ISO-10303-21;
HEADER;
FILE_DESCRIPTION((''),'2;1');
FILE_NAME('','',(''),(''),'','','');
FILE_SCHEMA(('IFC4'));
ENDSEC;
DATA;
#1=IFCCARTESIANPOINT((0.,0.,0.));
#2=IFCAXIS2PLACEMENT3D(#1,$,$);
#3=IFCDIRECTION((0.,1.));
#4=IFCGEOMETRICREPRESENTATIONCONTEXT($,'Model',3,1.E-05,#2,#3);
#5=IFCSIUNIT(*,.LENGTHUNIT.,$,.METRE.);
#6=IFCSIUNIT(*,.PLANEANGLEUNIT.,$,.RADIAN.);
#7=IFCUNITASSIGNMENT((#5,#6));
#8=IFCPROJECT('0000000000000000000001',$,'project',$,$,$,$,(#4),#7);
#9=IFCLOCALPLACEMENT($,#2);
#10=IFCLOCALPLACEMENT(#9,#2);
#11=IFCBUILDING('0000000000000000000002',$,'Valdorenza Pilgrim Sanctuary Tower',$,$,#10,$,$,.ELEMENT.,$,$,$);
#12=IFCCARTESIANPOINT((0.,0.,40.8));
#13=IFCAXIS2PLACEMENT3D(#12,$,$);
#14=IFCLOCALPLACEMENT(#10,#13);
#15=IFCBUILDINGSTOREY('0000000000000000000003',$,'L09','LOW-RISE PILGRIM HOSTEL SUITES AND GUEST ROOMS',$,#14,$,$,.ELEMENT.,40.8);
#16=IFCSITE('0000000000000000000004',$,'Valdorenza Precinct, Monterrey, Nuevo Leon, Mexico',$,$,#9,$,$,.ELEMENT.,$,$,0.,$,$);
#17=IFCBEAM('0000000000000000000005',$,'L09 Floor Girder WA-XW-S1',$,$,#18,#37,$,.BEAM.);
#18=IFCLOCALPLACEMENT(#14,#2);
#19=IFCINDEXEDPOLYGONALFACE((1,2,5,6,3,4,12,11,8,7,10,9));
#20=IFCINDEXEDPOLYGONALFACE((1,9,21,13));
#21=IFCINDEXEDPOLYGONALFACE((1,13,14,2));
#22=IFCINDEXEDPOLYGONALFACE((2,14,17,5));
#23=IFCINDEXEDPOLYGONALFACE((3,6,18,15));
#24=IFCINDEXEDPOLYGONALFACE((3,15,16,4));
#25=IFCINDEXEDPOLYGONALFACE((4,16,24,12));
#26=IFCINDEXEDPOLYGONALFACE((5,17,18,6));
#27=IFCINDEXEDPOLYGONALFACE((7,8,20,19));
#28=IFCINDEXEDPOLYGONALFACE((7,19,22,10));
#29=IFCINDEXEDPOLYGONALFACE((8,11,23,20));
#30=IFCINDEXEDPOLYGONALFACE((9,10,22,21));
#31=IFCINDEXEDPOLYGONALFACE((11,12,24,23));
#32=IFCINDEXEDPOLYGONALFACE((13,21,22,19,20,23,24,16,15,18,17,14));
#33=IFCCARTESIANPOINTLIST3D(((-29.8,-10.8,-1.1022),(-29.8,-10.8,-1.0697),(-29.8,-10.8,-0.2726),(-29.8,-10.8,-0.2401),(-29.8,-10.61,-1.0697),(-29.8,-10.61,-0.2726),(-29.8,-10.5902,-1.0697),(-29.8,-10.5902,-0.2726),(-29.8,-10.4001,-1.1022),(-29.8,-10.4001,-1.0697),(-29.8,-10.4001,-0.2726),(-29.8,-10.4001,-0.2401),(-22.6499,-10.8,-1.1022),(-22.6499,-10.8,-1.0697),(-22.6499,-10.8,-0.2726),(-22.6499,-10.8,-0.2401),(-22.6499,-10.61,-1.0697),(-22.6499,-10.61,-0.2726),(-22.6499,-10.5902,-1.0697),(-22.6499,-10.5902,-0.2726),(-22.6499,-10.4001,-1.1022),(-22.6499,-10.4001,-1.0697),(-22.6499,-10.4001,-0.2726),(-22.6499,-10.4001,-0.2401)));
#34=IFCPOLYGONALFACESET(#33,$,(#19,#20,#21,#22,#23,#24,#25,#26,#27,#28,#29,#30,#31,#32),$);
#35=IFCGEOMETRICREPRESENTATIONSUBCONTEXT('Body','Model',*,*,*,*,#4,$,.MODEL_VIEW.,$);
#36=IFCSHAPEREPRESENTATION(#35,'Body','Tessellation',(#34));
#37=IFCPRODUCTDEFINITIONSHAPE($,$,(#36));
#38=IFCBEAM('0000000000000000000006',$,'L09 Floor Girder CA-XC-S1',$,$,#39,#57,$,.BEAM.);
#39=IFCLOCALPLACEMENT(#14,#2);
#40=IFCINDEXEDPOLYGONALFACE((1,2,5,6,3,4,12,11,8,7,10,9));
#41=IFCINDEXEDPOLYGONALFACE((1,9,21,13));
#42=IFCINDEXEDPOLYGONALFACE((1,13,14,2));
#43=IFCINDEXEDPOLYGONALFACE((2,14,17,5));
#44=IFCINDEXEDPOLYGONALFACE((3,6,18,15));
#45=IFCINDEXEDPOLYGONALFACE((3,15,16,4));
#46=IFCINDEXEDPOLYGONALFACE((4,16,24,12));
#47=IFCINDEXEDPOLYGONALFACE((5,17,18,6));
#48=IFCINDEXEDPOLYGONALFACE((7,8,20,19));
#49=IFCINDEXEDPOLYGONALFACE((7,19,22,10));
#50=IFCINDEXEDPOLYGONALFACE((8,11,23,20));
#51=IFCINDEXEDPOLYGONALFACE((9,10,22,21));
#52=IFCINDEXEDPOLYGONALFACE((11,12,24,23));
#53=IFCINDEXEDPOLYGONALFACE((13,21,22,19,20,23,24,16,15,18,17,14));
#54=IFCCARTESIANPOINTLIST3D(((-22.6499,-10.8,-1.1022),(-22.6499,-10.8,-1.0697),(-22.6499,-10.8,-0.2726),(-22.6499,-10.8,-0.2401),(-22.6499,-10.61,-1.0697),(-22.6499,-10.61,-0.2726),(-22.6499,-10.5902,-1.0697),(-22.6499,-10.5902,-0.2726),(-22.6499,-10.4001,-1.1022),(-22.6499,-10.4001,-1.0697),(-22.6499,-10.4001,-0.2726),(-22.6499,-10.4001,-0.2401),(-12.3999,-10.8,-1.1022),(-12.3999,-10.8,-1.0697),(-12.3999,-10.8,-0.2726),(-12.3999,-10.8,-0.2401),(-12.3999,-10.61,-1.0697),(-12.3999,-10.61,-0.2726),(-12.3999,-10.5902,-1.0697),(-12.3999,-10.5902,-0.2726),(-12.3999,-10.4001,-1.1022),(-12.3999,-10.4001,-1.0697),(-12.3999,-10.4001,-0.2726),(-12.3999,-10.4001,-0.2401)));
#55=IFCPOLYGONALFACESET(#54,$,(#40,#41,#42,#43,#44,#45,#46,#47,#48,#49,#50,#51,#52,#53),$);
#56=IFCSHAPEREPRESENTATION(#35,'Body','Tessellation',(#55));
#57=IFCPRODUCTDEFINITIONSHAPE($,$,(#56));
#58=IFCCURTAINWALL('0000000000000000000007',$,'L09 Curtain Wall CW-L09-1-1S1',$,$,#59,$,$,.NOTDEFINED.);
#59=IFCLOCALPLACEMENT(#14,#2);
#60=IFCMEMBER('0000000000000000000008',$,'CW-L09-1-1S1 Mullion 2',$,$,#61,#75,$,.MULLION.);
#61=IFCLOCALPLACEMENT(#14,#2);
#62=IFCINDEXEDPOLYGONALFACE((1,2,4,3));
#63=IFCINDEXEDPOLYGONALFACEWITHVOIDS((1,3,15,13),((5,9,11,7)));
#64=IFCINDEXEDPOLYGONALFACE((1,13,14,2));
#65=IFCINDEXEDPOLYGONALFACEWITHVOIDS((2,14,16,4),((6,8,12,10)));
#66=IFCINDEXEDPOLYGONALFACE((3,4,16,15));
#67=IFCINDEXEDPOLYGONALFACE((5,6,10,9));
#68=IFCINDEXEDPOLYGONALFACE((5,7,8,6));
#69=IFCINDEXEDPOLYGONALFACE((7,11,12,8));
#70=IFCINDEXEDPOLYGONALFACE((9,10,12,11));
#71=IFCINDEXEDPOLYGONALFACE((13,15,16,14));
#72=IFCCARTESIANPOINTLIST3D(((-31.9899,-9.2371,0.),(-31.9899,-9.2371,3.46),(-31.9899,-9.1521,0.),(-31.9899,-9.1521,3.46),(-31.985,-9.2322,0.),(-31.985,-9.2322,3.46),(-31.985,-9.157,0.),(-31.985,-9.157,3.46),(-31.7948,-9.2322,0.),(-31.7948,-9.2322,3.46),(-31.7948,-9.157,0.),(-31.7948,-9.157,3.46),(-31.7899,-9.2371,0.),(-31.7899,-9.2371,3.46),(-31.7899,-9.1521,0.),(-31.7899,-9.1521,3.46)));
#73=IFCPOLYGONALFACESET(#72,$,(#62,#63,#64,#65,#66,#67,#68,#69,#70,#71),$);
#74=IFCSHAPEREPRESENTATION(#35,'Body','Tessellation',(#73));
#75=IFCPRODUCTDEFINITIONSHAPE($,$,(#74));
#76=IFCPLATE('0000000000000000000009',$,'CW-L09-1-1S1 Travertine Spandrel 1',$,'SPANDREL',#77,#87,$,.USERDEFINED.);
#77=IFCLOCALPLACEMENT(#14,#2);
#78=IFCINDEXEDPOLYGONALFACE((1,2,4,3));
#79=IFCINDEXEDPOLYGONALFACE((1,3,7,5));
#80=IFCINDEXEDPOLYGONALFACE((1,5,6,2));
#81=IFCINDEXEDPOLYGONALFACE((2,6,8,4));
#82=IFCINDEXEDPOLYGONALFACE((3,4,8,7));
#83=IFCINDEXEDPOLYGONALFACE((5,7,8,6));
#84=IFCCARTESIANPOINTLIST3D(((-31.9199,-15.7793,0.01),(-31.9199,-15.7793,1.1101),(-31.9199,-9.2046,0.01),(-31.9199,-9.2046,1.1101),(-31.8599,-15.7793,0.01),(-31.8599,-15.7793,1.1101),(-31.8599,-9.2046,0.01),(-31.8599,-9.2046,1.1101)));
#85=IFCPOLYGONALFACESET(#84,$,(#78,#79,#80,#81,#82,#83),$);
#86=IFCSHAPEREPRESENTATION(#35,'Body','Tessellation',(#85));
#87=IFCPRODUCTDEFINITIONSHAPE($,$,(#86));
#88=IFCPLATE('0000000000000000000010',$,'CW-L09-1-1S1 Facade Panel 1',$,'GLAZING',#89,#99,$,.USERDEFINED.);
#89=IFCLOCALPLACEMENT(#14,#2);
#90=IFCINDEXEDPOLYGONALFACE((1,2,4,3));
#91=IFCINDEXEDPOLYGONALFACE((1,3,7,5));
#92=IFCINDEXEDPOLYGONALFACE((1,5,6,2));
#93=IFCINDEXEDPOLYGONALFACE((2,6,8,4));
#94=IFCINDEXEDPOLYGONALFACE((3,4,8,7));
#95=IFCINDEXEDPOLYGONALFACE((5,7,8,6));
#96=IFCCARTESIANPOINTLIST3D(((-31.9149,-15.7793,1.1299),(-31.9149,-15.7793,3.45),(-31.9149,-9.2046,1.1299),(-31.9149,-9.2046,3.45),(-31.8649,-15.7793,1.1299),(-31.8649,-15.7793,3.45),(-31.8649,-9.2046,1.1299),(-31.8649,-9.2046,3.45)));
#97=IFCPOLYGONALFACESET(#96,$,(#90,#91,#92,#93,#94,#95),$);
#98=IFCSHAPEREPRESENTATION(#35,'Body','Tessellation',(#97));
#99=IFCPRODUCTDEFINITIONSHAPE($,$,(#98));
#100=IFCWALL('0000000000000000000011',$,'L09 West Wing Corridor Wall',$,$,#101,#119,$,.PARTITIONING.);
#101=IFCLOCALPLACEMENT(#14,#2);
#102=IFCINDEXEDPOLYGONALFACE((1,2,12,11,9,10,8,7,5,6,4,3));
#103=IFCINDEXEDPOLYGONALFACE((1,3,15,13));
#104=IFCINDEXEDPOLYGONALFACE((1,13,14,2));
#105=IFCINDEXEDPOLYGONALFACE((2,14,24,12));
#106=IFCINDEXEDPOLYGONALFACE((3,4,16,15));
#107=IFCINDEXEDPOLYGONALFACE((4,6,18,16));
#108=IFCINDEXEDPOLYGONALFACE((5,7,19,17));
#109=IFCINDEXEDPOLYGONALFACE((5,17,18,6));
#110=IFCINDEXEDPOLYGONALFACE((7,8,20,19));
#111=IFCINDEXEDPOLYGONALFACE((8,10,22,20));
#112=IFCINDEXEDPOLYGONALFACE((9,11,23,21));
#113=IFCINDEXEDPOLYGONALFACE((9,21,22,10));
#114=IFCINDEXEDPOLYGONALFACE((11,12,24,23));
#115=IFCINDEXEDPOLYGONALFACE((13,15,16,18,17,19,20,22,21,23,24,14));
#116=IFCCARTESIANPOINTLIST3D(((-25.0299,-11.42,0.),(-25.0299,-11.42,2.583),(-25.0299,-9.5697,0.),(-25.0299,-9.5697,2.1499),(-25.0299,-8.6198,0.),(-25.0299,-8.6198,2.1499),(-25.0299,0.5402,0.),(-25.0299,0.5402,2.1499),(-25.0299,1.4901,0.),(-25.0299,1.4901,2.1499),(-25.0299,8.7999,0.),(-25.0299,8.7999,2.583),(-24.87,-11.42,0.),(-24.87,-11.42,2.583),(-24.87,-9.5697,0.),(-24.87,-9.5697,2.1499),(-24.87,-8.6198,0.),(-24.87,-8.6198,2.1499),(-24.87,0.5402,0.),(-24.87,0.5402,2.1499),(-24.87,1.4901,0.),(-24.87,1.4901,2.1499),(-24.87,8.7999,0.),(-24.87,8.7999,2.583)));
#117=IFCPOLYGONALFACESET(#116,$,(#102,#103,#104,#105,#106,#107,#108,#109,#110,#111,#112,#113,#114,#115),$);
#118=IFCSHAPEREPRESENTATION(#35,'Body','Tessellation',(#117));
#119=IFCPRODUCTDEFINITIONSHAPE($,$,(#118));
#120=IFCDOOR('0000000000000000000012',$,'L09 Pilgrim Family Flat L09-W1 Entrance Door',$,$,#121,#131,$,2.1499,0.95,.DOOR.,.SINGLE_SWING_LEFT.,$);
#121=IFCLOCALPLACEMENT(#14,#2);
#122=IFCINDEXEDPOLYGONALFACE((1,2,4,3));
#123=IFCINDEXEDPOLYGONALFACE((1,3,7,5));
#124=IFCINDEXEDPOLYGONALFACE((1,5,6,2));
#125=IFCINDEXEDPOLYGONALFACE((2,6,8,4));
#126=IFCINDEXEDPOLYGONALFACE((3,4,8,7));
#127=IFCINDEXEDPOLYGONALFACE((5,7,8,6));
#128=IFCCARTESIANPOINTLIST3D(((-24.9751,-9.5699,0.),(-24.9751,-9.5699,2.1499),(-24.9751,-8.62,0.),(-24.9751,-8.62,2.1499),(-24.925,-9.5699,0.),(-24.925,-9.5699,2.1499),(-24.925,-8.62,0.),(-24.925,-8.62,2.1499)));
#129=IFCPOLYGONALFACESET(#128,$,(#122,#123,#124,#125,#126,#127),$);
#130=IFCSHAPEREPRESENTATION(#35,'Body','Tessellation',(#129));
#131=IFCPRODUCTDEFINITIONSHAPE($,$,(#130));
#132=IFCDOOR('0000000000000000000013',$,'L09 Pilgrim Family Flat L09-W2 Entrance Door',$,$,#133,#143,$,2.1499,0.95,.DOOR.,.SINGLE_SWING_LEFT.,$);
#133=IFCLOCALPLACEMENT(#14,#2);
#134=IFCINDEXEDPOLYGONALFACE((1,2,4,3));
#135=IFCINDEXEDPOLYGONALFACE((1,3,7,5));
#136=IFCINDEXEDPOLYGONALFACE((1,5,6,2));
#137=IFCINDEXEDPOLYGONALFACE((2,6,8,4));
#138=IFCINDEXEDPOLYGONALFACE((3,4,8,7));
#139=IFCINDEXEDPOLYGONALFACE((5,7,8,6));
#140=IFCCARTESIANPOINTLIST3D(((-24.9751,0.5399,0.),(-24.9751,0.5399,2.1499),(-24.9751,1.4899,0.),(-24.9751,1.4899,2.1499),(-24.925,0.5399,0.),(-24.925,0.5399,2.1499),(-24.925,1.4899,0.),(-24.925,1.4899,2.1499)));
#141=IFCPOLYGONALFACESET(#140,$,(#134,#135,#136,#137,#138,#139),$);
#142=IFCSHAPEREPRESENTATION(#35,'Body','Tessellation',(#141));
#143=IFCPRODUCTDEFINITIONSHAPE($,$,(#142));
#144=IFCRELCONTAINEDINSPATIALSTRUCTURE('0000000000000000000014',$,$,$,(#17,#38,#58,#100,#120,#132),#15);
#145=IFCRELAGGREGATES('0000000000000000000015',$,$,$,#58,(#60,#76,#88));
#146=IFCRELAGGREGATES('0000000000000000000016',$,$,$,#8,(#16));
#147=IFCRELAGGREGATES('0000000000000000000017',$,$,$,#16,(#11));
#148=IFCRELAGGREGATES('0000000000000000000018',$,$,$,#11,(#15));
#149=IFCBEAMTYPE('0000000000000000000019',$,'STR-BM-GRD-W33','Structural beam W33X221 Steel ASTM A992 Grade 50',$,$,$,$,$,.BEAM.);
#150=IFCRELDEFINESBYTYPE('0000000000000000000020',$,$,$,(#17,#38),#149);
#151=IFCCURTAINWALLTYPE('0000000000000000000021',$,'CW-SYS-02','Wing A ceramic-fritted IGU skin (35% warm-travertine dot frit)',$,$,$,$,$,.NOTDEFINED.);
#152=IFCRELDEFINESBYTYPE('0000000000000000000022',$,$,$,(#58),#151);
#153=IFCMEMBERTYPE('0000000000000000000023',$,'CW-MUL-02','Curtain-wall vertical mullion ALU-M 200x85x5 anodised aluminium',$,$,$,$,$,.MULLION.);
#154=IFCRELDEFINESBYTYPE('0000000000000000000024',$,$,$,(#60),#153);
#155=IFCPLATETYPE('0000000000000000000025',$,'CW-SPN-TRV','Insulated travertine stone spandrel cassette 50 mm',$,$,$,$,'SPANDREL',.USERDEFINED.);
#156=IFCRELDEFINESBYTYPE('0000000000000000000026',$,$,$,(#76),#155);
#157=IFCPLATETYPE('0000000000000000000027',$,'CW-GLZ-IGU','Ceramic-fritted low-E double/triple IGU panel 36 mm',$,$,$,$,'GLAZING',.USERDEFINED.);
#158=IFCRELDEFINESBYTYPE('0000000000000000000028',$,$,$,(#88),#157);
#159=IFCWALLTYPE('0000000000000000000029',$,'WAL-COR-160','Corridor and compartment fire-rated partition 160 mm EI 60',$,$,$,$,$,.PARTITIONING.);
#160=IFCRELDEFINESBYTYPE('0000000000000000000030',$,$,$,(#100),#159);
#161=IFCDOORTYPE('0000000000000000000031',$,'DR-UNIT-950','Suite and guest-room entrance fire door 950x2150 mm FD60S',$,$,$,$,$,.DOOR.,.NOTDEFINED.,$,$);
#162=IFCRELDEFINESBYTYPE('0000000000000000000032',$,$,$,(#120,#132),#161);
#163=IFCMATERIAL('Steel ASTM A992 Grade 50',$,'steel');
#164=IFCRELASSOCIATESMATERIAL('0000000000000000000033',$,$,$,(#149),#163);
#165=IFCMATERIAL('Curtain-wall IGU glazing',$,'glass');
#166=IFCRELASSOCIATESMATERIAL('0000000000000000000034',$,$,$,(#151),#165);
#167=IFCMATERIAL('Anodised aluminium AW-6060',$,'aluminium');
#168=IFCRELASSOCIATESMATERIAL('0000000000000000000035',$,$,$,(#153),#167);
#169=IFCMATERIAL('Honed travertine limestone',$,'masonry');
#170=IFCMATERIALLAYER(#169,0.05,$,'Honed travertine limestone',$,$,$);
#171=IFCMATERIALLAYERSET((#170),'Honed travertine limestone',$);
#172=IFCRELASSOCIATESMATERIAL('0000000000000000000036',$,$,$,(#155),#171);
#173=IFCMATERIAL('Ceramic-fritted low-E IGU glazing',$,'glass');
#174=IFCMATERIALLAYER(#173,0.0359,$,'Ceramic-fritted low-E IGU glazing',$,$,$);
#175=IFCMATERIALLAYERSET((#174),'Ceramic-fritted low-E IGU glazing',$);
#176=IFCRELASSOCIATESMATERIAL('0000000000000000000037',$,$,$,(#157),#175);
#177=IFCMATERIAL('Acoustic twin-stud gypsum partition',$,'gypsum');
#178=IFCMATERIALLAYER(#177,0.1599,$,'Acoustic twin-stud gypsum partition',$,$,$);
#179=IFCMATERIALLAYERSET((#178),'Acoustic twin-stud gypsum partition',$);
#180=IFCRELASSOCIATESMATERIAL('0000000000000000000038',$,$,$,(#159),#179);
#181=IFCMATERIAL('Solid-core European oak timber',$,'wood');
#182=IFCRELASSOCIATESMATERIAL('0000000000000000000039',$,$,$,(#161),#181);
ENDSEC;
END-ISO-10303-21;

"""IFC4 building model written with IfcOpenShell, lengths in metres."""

from ifc_helpers import new_model, si_unit, direction, frame, frame_2d, origin, origin_2d, place, context, subcontext, project, spatial, rectangle, hollow_rectangle, i_section, extrude, source, transform, mapped, material, layer, layer_set, material_profile, profile_set, type_object, element, fill, aggregate, save


model = new_model("IFC4")

# Units and contexts
model_context = context("Model", 3, precision=1e-05, world=origin(), true_north=direction((0.0, 1.0)))
body_context = subcontext(model_context, "Body", "Model", "MODEL_VIEW")
ifc_project = project(units=[si_unit("LENGTHUNIT", "METRE"), si_unit("PLANEANGLEUNIT", "RADIAN")], contexts=[model_context])

# Site, building, storey
site_placement = place(None, origin())
site = spatial("IfcSite", under=ifc_project, at=site_placement, Name="Valdorenza Precinct, Monterrey, Nuevo Leon, Mexico", CompositionType="ELEMENT", RefElevation=0.0)
building_placement = place(site_placement, origin())
building = spatial("IfcBuilding", under=site, at=building_placement, Name="Valdorenza Pilgrim Sanctuary Tower", CompositionType="ELEMENT")
storey_placement = place(building_placement, frame((0.0, 0.0, 40.8)))
storey = spatial("IfcBuildingStorey", under=building, at=storey_placement, Name="L09", Description="LOW-RISE PILGRIM HOSTEL SUITES AND GUEST ROOMS", CompositionType="ELEMENT", Elevation=40.8)

# Beams
ifc_material_1 = material(Name="Steel ASTM A992 Grade 50", Category="steel")
ifc_material_profile_1 = material_profile(ifc_material_1, i_section(OverallWidth=0.3999, OverallDepth=0.8621, WebThickness=0.0198, FlangeThickness=0.0325, at=origin_2d()), Name="W33X221")
ifc_profile_set_1 = profile_set([ifc_material_profile_1], Name="Steel ASTM A992 Grade 50")
beam_type_1 = type_object("IfcBeamType", Name="STR-BM-GRD-W33", Description="Structural beam W33X221 Steel ASTM A992 Grade 50", PredefinedType="BEAM", material=ifc_profile_set_1)
shared_shape_1 = source(origin(), body_context, "Body", "SweptSolid", [
    extrude(i_section(OverallWidth=0.3999, OverallDepth=0.8621, WebThickness=0.0198, FlangeThickness=0.0325, at=origin_2d()), origin(), (0.0, 0.0, 1.0), 7.1501),
])
beam_1_placement = place(storey_placement, frame((-29.8, -10.6001, -0.6711), z_axis=(1.0, 0.0, 0.0), x_axis=(0.0, 1.0, 0.0)))
element("IfcBeam", 1, at=beam_1_placement, inside=storey, type_object=beam_type_1, Name="L09 Floor Girder WA-XW-S1", PredefinedType="BEAM", context=body_context, shape_type="MappedRepresentation", body=[
    mapped(shared_shape_1, transform((0.0, 0.0, 0.0), x_axis=(1.0, 0.0, 0.0), y_axis=(0.0, 1.0, 0.0), z_axis=(0.0, 0.0, 1.0), scale=1.0)),
])
shared_shape_2 = source(origin(), body_context, "Body", "SweptSolid", [
    extrude(i_section(OverallWidth=0.3999, OverallDepth=0.8621, WebThickness=0.0198, FlangeThickness=0.0325, at=origin_2d()), origin(), (0.0, 0.0, 1.0), 10.25),
])
beam_2_placement = place(storey_placement, frame((-22.6499, -10.6001, -0.6711), z_axis=(1.0, 0.0, 0.0), x_axis=(0.0, 1.0, 0.0)))
element("IfcBeam", 2, at=beam_2_placement, inside=storey, type_object=beam_type_1, Name="L09 Floor Girder CA-XC-S1", PredefinedType="BEAM", context=body_context, shape_type="MappedRepresentation", body=[
    mapped(shared_shape_2, transform((0.0, 0.0, 0.0), x_axis=(1.0, 0.0, 0.0), y_axis=(0.0, 1.0, 0.0), z_axis=(0.0, 0.0, 1.0), scale=1.0)),
])

# Curtain wall, member, plates
ifc_material_2 = material(Name="Curtain-wall IGU glazing", Category="glass")
curtain_wall_type = type_object("IfcCurtainWallType", Name="CW-SYS-02", Description="Wing A ceramic-fritted IGU skin (35% warm-travertine dot frit)", PredefinedType="NOTDEFINED", material=ifc_material_2)
curtain_wall_placement = place(storey_placement, origin())
curtain_wall = element("IfcCurtainWall", 3, at=curtain_wall_placement, inside=storey, type_object=curtain_wall_type, Name="L09 Curtain Wall CW-L09-1-1S1", PredefinedType="NOTDEFINED")
ifc_material_3 = material(Name="Anodised aluminium AW-6060", Category="aluminium")
ifc_material_profile_2 = material_profile(ifc_material_3, hollow_rectangle(XDim=0.085, YDim=0.2, WallThickness=0.0049, at=origin_2d()), Name="ALU-M 200x85x5")
ifc_profile_set_2 = profile_set([ifc_material_profile_2], Name="Anodised aluminium AW-6060")
member_type = type_object("IfcMemberType", Name="CW-MUL-02", Description="Curtain-wall vertical mullion ALU-M 200x85x5 anodised aluminium", PredefinedType="MULLION", material=ifc_profile_set_2)
shared_shape_3 = source(origin(), body_context, "Body", "SweptSolid", [
    extrude(hollow_rectangle(XDim=0.085, YDim=0.2, WallThickness=0.0049, at=origin_2d()), origin(), (0.0, 0.0, 1.0), 3.46),
])
member_placement = place(storey_placement, frame((-31.8899, -9.1946, 0.0), z_axis=(0.0, 0.0, 1.0), x_axis=(0.0, 1.0, 0.0)))
member = element("IfcMember", 4, at=member_placement, type_object=member_type, Name="CW-L09-1-1S1 Mullion 2", PredefinedType="MULLION", context=body_context, shape_type="MappedRepresentation", body=[
    mapped(shared_shape_3, transform((0.0, 0.0, 0.0), x_axis=(1.0, 0.0, 0.0), y_axis=(0.0, 1.0, 0.0), z_axis=(0.0, 0.0, 1.0), scale=1.0)),
])
ifc_material_4 = material(Name="Honed travertine limestone", Category="masonry")
ifc_layer_1 = layer(ifc_material_4, 0.05, Name="Honed travertine limestone")
ifc_layer_set_1 = layer_set([ifc_layer_1], Name="Honed travertine limestone")
plate_type_1 = type_object("IfcPlateType", Name="CW-SPN-TRV", Description="Insulated travertine stone spandrel cassette 50 mm", ElementType="SPANDREL", PredefinedType="USERDEFINED", material=ifc_layer_set_1)
shared_shape_4 = source(origin(), body_context, "Body", "SweptSolid", [
    extrude(rectangle(XDim=6.5747, YDim=0.0601, at=origin_2d()), origin(), (0.0, 0.0, 1.0), 1.1001),
])
plate_1_placement = place(storey_placement, frame((-31.8899, -12.4919, 0.01), z_axis=(0.0, 0.0, 1.0), x_axis=(0.0, 1.0, 0.0)))
plate_1 = element("IfcPlate", 5, at=plate_1_placement, type_object=plate_type_1, Name="CW-L09-1-1S1 Travertine Spandrel 1", ObjectType="SPANDREL", PredefinedType="USERDEFINED", context=body_context, shape_type="MappedRepresentation", body=[
    mapped(shared_shape_4, transform((0.0, 0.0, 0.0), x_axis=(1.0, 0.0, 0.0), y_axis=(0.0, 1.0, 0.0), z_axis=(0.0, 0.0, 1.0), scale=1.0)),
])
ifc_material_5 = material(Name="Ceramic-fritted low-E IGU glazing", Category="glass")
ifc_layer_2 = layer(ifc_material_5, 0.0359, Name="Ceramic-fritted low-E IGU glazing")
ifc_layer_set_2 = layer_set([ifc_layer_2], Name="Ceramic-fritted low-E IGU glazing")
plate_type_2 = type_object("IfcPlateType", Name="CW-GLZ-IGU", Description="Ceramic-fritted low-E double/triple IGU panel 36 mm", ElementType="GLAZING", PredefinedType="USERDEFINED", material=ifc_layer_set_2)
shared_shape_5 = source(origin(), body_context, "Body", "SweptSolid", [
    extrude(rectangle(XDim=6.5747, YDim=0.05, at=origin_2d()), origin(), (0.0, 0.0, 1.0), 2.3201),
])
plate_2_placement = place(storey_placement, frame((-31.8899, -12.4919, 1.1299), z_axis=(0.0, 0.0, 1.0), x_axis=(0.0, 1.0, 0.0)))
plate_2 = element("IfcPlate", 6, at=plate_2_placement, type_object=plate_type_2, Name="CW-L09-1-1S1 Facade Panel 1", ObjectType="GLAZING", PredefinedType="USERDEFINED", context=body_context, shape_type="MappedRepresentation", body=[
    mapped(shared_shape_5, transform((0.0, 0.0, 0.0), x_axis=(1.0, 0.0, 0.0), y_axis=(0.0, 1.0, 0.0), z_axis=(0.0, 0.0, 1.0), scale=1.0)),
])
aggregate(curtain_wall, [member, plate_1, plate_2])

# Wall, openings, doors
ifc_material_6 = material(Name="Acoustic twin-stud gypsum partition", Category="gypsum")
ifc_layer_3 = layer(ifc_material_6, 0.1599, Name="Acoustic twin-stud gypsum partition")
ifc_layer_set_3 = layer_set([ifc_layer_3], Name="Acoustic twin-stud gypsum partition")
wall_type_1 = type_object("IfcWallType", Name="WAL-COR-160", Description="Corridor and compartment fire-rated partition 160 mm EI 60", PredefinedType="PARTITIONING", material=ifc_layer_set_3)
wall_1_placement = place(storey_placement, frame((-24.95, -11.4199, 0.0), z_axis=(0.0, 0.0, 1.0), x_axis=(0.0, 1.0, 0.0)))
wall_1 = element("IfcWall", 7, at=wall_1_placement, inside=storey, type_object=wall_type_1, Name="L09 West Wing Corridor Wall", PredefinedType="PARTITIONING", context=body_context, shape_type="SweptSolid", body=[
    extrude(rectangle(XDim=20.22, YDim=0.1599, at=frame_2d((10.1099, 0.0))), origin(), (0.0, 0.0, 1.0), 2.583),
])
opening_1_placement = place(wall_1_placement, frame((1.8501, 0.0, 0.0)))
opening_1 = element("IfcOpeningElement", 8, at=opening_1_placement, cuts=wall_1, PredefinedType="OPENING", context=body_context, shape_type="SweptSolid", body=[
    extrude(rectangle(XDim=0.95, YDim=2.1499, at=frame_2d((0.4751, 1.075))), frame((0.0, 0.0947, 0.0), z_axis=(0.0, -1.0, 0.0), x_axis=(1.0, 0.0, 0.0)), (0.0, 0.0, 1.0), 0.1897),
])
opening_2_placement = place(wall_1_placement, frame((11.96, 0.0, 0.0)))
opening_2 = element("IfcOpeningElement", 9, at=opening_2_placement, cuts=wall_1, PredefinedType="OPENING", context=body_context, shape_type="SweptSolid", body=[
    extrude(rectangle(XDim=0.95, YDim=2.1499, at=frame_2d((0.4751, 1.075))), frame((0.0, 0.0947, 0.0), z_axis=(0.0, -1.0, 0.0), x_axis=(1.0, 0.0, 0.0)), (0.0, 0.0, 1.0), 0.1897),
])
ifc_material_7 = material(Name="Solid-core European oak timber", Category="wood")
door_type = type_object("IfcDoorType", Name="DR-UNIT-950", Description="Suite and guest-room entrance fire door 950x2150 mm FD60S", OperationType="NOTDEFINED", PredefinedType="DOOR", material=ifc_material_7)
door_1_placement = place(opening_1_placement, frame((0.95, 0.0, 0.0), z_axis=(0.0, 0.0, 1.0), x_axis=(-1.0, 0.0, 0.0)))
door_1 = element("IfcDoor", 10, at=door_1_placement, inside=storey, type_object=door_type, Name="L09 Pilgrim Family Flat L09-W1 Entrance Door", OperationType="SINGLE_SWING_LEFT", OverallHeight=2.1499, OverallWidth=0.95, PredefinedType="DOOR", context=body_context, shape_type="SweptSolid", body=[
    extrude(rectangle(XDim=0.95, YDim=2.1499, at=frame_2d((0.4751, 1.075))), frame((0.0, 0.0249, 0.0), z_axis=(0.0, -1.0, 0.0), x_axis=(1.0, 0.0, 0.0)), (0.0, 0.0, 1.0), 0.05),
])
fill(opening_1, door_1)
door_2_placement = place(opening_2_placement, frame((0.95, 0.0, 0.0), z_axis=(0.0, 0.0, 1.0), x_axis=(-1.0, 0.0, 0.0)))
door_2 = element("IfcDoor", 11, at=door_2_placement, inside=storey, type_object=door_type, Name="L09 Pilgrim Family Flat L09-W2 Entrance Door", OperationType="SINGLE_SWING_LEFT", OverallHeight=2.1499, OverallWidth=0.95, PredefinedType="DOOR", context=body_context, shape_type="SweptSolid", body=[
    extrude(rectangle(XDim=0.95, YDim=2.1499, at=frame_2d((0.4751, 1.075))), frame((0.0, 0.0249, 0.0), z_axis=(0.0, -1.0, 0.0), x_axis=(1.0, 0.0, 0.0)), (0.0, 0.0, 1.0), 0.05),
])
fill(opening_2, door_2)

save(model, "model.ifc")
